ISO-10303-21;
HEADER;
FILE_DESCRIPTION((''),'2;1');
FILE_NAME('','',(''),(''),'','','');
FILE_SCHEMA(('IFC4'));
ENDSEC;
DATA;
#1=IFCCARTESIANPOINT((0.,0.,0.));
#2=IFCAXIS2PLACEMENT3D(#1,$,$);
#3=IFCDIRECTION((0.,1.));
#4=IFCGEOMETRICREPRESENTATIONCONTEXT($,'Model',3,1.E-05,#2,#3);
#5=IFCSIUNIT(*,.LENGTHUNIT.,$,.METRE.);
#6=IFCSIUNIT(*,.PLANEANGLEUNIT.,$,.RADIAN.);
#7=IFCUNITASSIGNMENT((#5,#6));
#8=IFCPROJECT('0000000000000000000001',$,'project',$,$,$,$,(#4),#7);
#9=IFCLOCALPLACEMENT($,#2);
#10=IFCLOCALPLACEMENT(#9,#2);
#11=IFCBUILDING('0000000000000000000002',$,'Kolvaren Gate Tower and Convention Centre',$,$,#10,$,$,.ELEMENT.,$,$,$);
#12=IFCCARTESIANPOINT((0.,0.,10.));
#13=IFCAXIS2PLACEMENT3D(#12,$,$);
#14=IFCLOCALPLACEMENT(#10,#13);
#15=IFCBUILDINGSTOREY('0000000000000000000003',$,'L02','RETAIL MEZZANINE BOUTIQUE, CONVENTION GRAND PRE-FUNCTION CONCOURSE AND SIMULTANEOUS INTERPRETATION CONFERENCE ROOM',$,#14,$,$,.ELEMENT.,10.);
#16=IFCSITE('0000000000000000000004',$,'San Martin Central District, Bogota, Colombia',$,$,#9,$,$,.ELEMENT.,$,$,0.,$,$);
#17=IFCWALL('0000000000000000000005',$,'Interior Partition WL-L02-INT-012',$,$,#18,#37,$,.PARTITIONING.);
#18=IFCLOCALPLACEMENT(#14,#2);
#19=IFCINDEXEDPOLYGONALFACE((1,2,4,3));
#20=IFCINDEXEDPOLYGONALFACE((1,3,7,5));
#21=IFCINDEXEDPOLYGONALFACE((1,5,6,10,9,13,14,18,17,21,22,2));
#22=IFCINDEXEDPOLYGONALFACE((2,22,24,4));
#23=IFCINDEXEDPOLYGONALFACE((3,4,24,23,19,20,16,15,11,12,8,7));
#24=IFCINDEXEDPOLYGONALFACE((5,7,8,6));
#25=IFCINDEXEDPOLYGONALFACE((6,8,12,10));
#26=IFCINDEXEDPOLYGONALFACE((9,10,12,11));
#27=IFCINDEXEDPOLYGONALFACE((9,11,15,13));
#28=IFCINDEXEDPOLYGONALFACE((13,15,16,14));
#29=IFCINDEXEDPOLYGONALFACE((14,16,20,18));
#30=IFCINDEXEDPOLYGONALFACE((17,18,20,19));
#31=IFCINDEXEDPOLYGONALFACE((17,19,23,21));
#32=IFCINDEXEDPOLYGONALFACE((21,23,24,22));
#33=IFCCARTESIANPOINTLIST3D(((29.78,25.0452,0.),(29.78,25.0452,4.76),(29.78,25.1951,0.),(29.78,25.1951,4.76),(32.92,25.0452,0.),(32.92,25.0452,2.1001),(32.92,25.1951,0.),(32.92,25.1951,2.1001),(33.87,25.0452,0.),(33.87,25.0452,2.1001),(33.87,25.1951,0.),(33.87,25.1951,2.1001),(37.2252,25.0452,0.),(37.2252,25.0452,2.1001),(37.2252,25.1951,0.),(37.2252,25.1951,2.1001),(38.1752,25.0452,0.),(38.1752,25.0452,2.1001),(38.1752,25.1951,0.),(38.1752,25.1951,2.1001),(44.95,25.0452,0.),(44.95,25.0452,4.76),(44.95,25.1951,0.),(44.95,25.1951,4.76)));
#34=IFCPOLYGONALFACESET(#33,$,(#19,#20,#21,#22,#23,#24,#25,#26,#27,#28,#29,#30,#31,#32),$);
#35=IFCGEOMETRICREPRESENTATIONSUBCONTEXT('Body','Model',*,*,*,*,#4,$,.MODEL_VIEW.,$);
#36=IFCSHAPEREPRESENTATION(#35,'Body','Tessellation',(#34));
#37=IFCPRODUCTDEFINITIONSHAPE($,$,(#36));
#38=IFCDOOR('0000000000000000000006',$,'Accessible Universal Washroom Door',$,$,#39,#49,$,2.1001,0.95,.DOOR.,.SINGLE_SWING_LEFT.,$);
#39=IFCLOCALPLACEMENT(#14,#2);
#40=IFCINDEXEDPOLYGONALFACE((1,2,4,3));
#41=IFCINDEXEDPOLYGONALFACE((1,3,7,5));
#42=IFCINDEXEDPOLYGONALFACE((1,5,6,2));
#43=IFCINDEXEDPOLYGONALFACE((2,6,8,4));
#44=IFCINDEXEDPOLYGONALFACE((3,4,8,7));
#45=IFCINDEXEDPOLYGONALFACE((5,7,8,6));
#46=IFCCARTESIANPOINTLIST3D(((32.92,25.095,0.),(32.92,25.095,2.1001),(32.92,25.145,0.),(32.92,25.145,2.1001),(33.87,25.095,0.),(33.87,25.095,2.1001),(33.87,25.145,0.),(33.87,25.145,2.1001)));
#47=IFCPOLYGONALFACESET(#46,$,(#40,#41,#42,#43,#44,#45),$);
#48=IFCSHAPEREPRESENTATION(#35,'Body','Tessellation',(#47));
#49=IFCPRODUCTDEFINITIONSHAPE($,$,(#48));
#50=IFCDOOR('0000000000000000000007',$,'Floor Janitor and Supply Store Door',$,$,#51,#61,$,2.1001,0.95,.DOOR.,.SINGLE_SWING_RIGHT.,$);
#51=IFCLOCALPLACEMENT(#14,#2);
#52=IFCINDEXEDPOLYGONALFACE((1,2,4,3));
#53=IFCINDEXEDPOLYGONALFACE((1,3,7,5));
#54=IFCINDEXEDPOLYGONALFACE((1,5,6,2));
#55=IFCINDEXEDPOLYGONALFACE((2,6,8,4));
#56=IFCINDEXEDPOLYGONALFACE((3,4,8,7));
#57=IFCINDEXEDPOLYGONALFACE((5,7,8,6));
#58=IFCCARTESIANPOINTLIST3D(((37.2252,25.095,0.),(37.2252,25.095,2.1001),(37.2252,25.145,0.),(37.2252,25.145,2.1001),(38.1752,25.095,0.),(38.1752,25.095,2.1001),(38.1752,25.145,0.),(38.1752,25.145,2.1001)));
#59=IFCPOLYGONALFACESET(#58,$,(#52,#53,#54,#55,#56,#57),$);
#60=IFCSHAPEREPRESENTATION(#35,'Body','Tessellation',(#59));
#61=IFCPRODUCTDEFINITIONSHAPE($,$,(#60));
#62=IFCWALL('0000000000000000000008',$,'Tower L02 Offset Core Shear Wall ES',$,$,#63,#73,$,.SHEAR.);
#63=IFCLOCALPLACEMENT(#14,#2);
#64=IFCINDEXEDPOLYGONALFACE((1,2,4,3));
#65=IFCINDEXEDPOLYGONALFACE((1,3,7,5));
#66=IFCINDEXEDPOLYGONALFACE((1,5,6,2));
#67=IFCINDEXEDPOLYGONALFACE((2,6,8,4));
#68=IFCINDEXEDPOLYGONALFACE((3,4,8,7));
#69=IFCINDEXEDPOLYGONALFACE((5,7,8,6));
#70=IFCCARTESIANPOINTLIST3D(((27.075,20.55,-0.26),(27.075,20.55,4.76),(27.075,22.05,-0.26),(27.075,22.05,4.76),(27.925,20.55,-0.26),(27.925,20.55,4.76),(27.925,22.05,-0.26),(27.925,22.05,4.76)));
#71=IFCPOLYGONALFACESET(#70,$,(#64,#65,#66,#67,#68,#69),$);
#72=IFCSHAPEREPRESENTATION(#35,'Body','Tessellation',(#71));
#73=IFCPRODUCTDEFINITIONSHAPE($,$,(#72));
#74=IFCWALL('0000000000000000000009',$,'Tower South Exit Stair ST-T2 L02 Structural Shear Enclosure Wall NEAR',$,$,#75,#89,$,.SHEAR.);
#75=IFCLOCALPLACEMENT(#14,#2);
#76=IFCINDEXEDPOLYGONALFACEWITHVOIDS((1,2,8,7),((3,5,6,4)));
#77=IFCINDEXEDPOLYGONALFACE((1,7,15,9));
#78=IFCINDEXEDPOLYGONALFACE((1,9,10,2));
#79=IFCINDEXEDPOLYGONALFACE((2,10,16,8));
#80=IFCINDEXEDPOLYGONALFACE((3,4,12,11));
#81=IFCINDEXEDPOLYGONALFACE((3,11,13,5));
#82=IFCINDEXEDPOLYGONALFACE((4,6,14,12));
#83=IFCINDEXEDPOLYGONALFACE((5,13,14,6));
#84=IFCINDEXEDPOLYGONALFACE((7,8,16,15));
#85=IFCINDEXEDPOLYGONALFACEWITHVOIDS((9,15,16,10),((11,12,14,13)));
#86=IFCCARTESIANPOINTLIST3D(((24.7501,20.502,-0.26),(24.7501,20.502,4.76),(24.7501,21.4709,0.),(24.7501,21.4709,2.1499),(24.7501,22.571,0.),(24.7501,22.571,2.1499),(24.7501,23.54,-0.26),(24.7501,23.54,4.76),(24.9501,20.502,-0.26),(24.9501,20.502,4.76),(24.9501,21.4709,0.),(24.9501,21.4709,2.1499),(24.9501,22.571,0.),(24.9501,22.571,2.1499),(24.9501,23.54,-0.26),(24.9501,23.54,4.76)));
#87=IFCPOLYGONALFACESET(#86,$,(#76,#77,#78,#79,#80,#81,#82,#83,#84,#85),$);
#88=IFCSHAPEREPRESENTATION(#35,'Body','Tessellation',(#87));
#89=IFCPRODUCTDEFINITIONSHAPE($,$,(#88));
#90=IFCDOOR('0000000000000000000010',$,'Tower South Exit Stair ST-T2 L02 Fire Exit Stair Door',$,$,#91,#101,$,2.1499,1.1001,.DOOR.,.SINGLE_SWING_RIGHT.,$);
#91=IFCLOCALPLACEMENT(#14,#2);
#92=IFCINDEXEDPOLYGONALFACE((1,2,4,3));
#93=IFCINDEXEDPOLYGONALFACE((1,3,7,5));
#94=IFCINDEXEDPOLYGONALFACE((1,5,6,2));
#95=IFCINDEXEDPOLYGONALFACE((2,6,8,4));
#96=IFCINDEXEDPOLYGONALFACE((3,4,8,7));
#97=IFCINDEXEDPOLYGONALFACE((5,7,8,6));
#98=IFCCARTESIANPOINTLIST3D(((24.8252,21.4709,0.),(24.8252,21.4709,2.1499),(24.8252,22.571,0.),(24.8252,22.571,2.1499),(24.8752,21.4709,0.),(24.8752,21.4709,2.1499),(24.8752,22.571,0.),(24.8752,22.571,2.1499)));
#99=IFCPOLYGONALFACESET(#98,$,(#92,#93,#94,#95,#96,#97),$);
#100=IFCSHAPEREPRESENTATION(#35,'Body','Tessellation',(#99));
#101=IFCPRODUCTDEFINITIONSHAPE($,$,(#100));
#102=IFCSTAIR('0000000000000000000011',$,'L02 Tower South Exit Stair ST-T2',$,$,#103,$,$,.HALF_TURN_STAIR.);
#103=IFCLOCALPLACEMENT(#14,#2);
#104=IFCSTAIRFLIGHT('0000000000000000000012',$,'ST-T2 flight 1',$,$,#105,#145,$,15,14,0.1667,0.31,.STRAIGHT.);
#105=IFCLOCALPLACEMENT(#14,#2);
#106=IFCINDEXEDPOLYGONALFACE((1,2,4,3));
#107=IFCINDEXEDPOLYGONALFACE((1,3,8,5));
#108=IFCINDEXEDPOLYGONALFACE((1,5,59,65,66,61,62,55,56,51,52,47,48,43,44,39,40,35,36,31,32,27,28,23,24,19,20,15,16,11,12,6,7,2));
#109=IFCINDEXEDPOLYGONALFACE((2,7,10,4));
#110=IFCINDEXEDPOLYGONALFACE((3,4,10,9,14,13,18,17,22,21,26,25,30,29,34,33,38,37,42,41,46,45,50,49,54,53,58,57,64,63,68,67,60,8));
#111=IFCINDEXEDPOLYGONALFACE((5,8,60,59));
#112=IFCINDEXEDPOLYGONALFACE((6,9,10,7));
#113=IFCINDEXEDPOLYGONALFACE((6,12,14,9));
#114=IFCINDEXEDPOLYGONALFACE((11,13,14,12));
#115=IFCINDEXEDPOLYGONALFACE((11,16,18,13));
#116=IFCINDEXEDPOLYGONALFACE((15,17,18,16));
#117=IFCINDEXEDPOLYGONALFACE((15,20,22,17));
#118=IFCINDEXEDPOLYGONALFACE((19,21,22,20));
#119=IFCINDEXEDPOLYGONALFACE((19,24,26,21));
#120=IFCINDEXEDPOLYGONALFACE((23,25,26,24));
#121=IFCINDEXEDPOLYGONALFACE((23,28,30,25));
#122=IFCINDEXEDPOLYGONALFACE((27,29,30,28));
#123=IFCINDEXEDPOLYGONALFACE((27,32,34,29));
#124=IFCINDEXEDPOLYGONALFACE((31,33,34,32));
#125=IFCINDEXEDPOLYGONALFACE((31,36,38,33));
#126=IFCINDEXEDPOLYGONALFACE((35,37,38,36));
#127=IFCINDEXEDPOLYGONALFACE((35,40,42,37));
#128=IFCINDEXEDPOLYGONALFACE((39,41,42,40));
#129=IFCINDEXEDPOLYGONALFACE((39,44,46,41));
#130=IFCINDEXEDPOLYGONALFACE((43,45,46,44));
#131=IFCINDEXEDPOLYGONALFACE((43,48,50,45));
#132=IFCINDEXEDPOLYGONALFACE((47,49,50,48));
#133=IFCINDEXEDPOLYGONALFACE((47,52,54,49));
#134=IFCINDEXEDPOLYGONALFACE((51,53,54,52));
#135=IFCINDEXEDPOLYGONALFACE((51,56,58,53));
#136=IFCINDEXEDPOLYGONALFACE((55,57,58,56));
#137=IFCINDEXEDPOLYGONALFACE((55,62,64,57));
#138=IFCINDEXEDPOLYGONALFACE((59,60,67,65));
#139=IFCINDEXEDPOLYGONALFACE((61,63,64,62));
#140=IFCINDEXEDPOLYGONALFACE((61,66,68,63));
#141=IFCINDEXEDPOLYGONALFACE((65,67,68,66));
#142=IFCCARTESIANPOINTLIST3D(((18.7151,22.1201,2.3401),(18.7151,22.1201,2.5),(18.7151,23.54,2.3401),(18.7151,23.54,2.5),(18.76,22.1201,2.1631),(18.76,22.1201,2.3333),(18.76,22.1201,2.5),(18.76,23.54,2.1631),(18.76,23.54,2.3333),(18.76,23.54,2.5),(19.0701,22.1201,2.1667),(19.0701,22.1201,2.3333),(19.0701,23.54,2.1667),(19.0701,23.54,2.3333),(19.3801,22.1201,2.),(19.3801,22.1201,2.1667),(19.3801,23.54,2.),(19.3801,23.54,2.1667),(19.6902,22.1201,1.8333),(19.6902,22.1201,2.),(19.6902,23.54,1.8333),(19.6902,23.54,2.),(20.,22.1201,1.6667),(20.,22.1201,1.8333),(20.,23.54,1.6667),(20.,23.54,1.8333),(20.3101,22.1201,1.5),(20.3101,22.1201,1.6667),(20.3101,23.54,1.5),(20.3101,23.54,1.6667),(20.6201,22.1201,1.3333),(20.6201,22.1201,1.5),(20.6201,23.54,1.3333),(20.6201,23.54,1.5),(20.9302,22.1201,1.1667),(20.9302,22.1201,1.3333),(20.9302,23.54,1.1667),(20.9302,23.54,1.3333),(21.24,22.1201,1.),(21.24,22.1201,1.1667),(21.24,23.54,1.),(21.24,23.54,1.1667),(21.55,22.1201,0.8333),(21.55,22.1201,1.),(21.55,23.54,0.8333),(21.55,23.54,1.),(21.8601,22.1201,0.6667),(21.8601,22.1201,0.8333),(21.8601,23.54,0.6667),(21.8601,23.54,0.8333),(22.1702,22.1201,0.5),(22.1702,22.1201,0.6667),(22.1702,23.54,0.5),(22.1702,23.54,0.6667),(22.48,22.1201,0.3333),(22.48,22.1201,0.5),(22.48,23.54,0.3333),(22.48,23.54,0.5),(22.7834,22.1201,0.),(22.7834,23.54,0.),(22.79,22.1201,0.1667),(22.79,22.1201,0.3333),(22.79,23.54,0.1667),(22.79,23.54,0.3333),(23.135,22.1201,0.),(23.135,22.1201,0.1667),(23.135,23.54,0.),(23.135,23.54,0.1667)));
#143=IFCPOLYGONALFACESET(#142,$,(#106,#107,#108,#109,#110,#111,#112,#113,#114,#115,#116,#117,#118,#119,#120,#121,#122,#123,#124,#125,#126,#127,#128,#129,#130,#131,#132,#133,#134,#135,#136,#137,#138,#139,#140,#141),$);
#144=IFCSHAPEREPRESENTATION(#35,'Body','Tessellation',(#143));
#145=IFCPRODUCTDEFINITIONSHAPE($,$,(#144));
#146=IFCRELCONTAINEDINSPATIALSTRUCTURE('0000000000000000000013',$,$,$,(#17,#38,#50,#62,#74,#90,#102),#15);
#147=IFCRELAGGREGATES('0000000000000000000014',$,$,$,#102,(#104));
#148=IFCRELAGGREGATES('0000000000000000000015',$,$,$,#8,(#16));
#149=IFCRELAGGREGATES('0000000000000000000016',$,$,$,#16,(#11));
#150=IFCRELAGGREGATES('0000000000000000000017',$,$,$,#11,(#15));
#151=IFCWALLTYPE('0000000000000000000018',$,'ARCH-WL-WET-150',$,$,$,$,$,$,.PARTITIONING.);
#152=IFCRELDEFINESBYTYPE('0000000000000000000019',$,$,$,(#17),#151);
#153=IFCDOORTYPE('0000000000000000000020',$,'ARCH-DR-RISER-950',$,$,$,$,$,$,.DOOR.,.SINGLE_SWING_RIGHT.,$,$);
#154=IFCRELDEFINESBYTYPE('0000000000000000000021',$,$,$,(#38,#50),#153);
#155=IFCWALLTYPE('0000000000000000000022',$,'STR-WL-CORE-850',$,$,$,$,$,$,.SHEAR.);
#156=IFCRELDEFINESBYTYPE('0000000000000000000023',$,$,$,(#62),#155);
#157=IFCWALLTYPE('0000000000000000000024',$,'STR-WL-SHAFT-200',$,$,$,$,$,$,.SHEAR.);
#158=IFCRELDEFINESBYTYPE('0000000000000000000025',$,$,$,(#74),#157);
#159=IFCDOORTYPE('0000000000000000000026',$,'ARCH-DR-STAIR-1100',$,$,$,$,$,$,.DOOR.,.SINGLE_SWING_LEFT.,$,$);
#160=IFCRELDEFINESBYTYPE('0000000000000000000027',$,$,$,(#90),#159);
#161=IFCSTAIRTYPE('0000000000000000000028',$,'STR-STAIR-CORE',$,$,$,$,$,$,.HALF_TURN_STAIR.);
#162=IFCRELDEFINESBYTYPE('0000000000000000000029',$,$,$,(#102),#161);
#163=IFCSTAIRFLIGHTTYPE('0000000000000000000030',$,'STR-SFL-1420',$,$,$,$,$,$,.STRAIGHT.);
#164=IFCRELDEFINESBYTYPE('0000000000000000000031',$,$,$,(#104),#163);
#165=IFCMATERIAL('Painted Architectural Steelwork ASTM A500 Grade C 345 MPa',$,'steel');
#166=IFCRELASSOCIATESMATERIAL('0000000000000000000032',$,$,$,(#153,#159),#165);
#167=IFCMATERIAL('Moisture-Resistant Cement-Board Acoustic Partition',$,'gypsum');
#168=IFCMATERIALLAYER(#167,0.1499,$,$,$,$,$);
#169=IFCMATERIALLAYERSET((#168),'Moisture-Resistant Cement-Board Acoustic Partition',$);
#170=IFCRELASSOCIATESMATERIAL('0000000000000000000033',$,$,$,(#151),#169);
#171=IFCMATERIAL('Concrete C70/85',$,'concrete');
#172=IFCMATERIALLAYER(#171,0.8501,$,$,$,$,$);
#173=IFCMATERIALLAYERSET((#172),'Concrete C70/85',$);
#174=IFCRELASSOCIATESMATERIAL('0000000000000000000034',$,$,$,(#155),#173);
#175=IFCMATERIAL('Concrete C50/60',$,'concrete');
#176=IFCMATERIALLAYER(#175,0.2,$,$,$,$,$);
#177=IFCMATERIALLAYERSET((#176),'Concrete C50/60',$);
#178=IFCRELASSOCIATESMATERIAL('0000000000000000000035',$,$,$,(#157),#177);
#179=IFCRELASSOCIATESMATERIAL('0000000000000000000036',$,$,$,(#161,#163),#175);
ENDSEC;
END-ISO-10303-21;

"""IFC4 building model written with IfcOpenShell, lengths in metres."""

from ifc_helpers import new_model, si_unit, direction, frame, frame_2d, origin, place, context, subcontext, project, spatial, polyline, rectangle, outline, extrude, material, layer, layer_set, type_object, element, fill, aggregate, save


model = new_model("IFC4")

# Units and contexts
model_context = context("Model", 3, precision=1e-05, world=origin(), true_north=direction((0.0, 1.0)))
body_context = subcontext(model_context, "Body", "Model", "MODEL_VIEW")
ifc_project = project(units=[si_unit("LENGTHUNIT", "METRE"), si_unit("PLANEANGLEUNIT", "RADIAN")], contexts=[model_context])

# Site, building, storey
site_placement = place(None, origin())
site = spatial("IfcSite", under=ifc_project, at=site_placement, Name="San Martin Central District, Bogota, Colombia", CompositionType="ELEMENT", RefElevation=0.0)
building_placement = place(site_placement, origin())
building = spatial("IfcBuilding", under=site, at=building_placement, Name="Kolvaren Gate Tower and Convention Centre", CompositionType="ELEMENT")
storey_placement = place(building_placement, frame((0.0, 0.0, 10.0)))
storey = spatial("IfcBuildingStorey", under=building, at=storey_placement, Name="L02", Description="RETAIL MEZZANINE BOUTIQUE, CONVENTION GRAND PRE-FUNCTION CONCOURSE AND SIMULTANEOUS INTERPRETATION CONFERENCE ROOM", CompositionType="ELEMENT", Elevation=10.0)

# Shared definitions
ifc_material_1 = material(Name="Painted Architectural Steelwork ASTM A500 Grade C 345 MPa", Category="steel")
door_type_1 = type_object("IfcDoorType", Name="ARCH-DR-RISER-950", OperationType="SINGLE_SWING_RIGHT", PredefinedType="DOOR", material=ifc_material_1)

# Shared definitions
ifc_material_2 = material(Name="Moisture-Resistant Cement-Board Acoustic Partition", Category="gypsum")
ifc_layer_1 = layer(ifc_material_2, 0.1499)
ifc_layer_set_1 = layer_set([ifc_layer_1], Name="Moisture-Resistant Cement-Board Acoustic Partition")
wall_type_1 = type_object("IfcWallType", Name="ARCH-WL-WET-150", PredefinedType="PARTITIONING", material=ifc_layer_set_1)

# Wall, openings, doors
wall_1_placement = place(storey_placement, frame((29.78, 25.1201, 0.0), z_axis=(0.0, 0.0, 1.0), x_axis=(1.0, 0.0, 0.0)))
wall_1 = element("IfcWall", 1, at=wall_1_placement, inside=storey, type_object=wall_type_1, Name="Interior Partition WL-L02-INT-012", PredefinedType="PARTITIONING", context=body_context, shape_type="SweptSolid", body=[
    extrude(rectangle(XDim=15.1699, YDim=0.1499, at=frame_2d((7.585, 0.0))), origin(), (0.0, 0.0, 1.0), 4.76),
])
opening_1_placement = place(wall_1_placement, frame((3.1399, 0.0, 0.0)))
opening_1 = element("IfcOpeningElement", 2, at=opening_1_placement, cuts=wall_1, PredefinedType="OPENING", context=body_context, shape_type="SweptSolid", body=[
    extrude(rectangle(XDim=0.95, YDim=2.1001, at=frame_2d((0.4751, 1.05))), frame((0.0, 0.085, 0.0), z_axis=(0.0, -1.0, 0.0), x_axis=(1.0, 0.0, 0.0)), (0.0, 0.0, 1.0), 0.1699),
])
opening_2_placement = place(wall_1_placement, frame((7.4451, 0.0, 0.0)))
opening_2 = element("IfcOpeningElement", 3, at=opening_2_placement, cuts=wall_1, PredefinedType="OPENING", context=body_context, shape_type="SweptSolid", body=[
    extrude(rectangle(XDim=0.95, YDim=2.1001, at=frame_2d((0.4751, 1.05))), frame((0.0, 0.085, 0.0), z_axis=(0.0, -1.0, 0.0), x_axis=(1.0, 0.0, 0.0)), (0.0, 0.0, 1.0), 0.1699),
])
door_1_placement = place(opening_1_placement, origin())
door_1 = element("IfcDoor", 4, at=door_1_placement, inside=storey, type_object=door_type_1, Name="Accessible Universal Washroom Door", OperationType="SINGLE_SWING_LEFT", OverallHeight=2.1001, OverallWidth=0.95, PredefinedType="DOOR", context=body_context, shape_type="SweptSolid", body=[
    extrude(rectangle(XDim=0.95, YDim=2.1001, at=frame_2d((0.4751, 1.05))), frame((0.0, 0.0249, 0.0), z_axis=(0.0, -1.0, 0.0), x_axis=(1.0, 0.0, 0.0)), (0.0, 0.0, 1.0), 0.05),
])
fill(opening_1, door_1)
door_2_placement = place(opening_2_placement, origin())
door_2 = element("IfcDoor", 5, at=door_2_placement, inside=storey, type_object=door_type_1, Name="Floor Janitor and Supply Store Door", OperationType="SINGLE_SWING_RIGHT", OverallHeight=2.1001, OverallWidth=0.95, PredefinedType="DOOR", context=body_context, shape_type="SweptSolid", body=[
    extrude(rectangle(XDim=0.95, YDim=2.1001, at=frame_2d((0.4751, 1.05))), frame((0.0, 0.0249, 0.0), z_axis=(0.0, -1.0, 0.0), x_axis=(1.0, 0.0, 0.0)), (0.0, 0.0, 1.0), 0.05),
])
fill(opening_2, door_2)

# Wall
ifc_material_3 = material(Name="Concrete C70/85", Category="concrete")
ifc_layer_2 = layer(ifc_material_3, 0.8501)
ifc_layer_set_2 = layer_set([ifc_layer_2], Name="Concrete C70/85")
wall_type_2 = type_object("IfcWallType", Name="STR-WL-CORE-850", PredefinedType="SHEAR", material=ifc_layer_set_2)
wall_2_placement = place(storey_placement, frame((27.5, 20.55, -0.26), z_axis=(0.0, 0.0, 1.0), x_axis=(0.0, 1.0, 0.0)))
element("IfcWall", 6, at=wall_2_placement, inside=storey, type_object=wall_type_2, Name="Tower L02 Offset Core Shear Wall ES", PredefinedType="SHEAR", context=body_context, shape_type="SweptSolid", body=[
    extrude(rectangle(XDim=1.5, YDim=0.8501, at=frame_2d((0.75, 0.0))), origin(), (0.0, 0.0, 1.0), 5.02),
])

# Wall, opening, door
ifc_material_4 = material(Name="Concrete C50/60", Category="concrete")
ifc_layer_3 = layer(ifc_material_4, 0.2)
ifc_layer_set_3 = layer_set([ifc_layer_3], Name="Concrete C50/60")
wall_type_3 = type_object("IfcWallType", Name="STR-WL-SHAFT-200", PredefinedType="SHEAR", material=ifc_layer_set_3)
wall_3_placement = place(storey_placement, frame((24.8501, 20.502, -0.26), z_axis=(0.0, 0.0, 1.0), x_axis=(0.0, 1.0, 0.0)))
wall_3 = element("IfcWall", 7, at=wall_3_placement, inside=storey, type_object=wall_type_3, Name="Tower South Exit Stair ST-T2 L02 Structural Shear Enclosure Wall NEAR", PredefinedType="SHEAR", context=body_context, shape_type="SweptSolid", body=[
    extrude(rectangle(XDim=3.0381, YDim=0.2, at=frame_2d((1.519, 0.0))), origin(), (0.0, 0.0, 1.0), 5.02),
])
opening_3_placement = place(wall_3_placement, frame((0.969, 0.0, 0.26)))
opening_3 = element("IfcOpeningElement", 8, at=opening_3_placement, cuts=wall_3, PredefinedType="OPENING", context=body_context, shape_type="SweptSolid", body=[
    extrude(rectangle(XDim=1.1001, YDim=2.1499, at=frame_2d((0.55, 1.075))), frame((0.0, 0.1099, 0.0), z_axis=(0.0, -1.0, 0.0), x_axis=(1.0, 0.0, 0.0)), (0.0, 0.0, 1.0), 0.22),
])
door_type_2 = type_object("IfcDoorType", Name="ARCH-DR-STAIR-1100", OperationType="SINGLE_SWING_LEFT", PredefinedType="DOOR", material=ifc_material_1)
door_3_placement = place(opening_3_placement, origin())
door_3 = element("IfcDoor", 9, at=door_3_placement, inside=storey, type_object=door_type_2, Name="Tower South Exit Stair ST-T2 L02 Fire Exit Stair Door", OperationType="SINGLE_SWING_RIGHT", OverallHeight=2.1499, OverallWidth=1.1001, PredefinedType="DOOR", context=body_context, shape_type="SweptSolid", body=[
    extrude(rectangle(XDim=1.1001, YDim=2.1499, at=frame_2d((0.55, 1.075))), frame((0.0, 0.0249, 0.0), z_axis=(0.0, -1.0, 0.0), x_axis=(1.0, 0.0, 0.0)), (0.0, 0.0, 1.0), 0.05),
])
fill(opening_3, door_3)

# Stair, stair flight
stair_type = type_object("IfcStairType", Name="STR-STAIR-CORE", PredefinedType="HALF_TURN_STAIR", material=ifc_material_4)
stair_placement = place(storey_placement, origin())
stair = element("IfcStair", 10, at=stair_placement, inside=storey, type_object=stair_type, Name="L02 Tower South Exit Stair ST-T2", PredefinedType="HALF_TURN_STAIR")
stair_flight_type = type_object("IfcStairFlightType", Name="STR-SFL-1420", PredefinedType="STRAIGHT", material=ifc_material_4)
stair_flight_placement = place(storey_placement, frame((23.1001, 22.8301, 0.0), z_axis=(0.0, 0.0, 1.0), x_axis=(-1.0, 0.0, 0.0)))
stair_flight = element("IfcStairFlight", 11, at=stair_flight_placement, type_object=stair_flight_type, Name="ST-T2 flight 1", NumberOfRisers=15, NumberOfTreads=14, PredefinedType="STRAIGHT", RiserHeight=0.1667, TreadLength=0.31, context=body_context, shape_type="SweptSolid", body=[
    extrude(outline(polyline([(-0.0349, 0.0), (-0.0349, 0.1667), (0.3101, 0.1667), (0.3101, 0.3333), (0.6201, 0.3333), (0.6201, 0.5), (0.9299, 0.5), (0.9299, 0.6667), (1.24, 0.6667), (1.24, 0.8333), (1.55, 0.8333), (1.55, 1.0), (1.8601, 1.0), (1.8601, 1.1667), (2.1699, 1.1667), (2.1699, 1.3333), (2.48, 1.3333), (2.48, 1.5), (2.79, 1.5), (2.79, 1.6667), (3.1001, 1.6667), (3.1001, 1.8333), (3.4099, 1.8333), (3.4099, 2.0), (3.72, 2.0), (3.72, 2.1667), (4.03, 2.1667), (4.03, 2.3333), (4.3401, 2.3333), (4.3401, 2.5), (4.385, 2.5), (4.385, 2.3401), (4.3401, 2.1631), (0.3167, 0.0), (-0.0349, 0.0)])), frame((0.0, 0.71, 0.0), z_axis=(0.0, -1.0, 0.0), x_axis=(1.0, 0.0, 0.0)), (0.0, 0.0, 1.0), 1.4199),
])
aggregate(stair, [stair_flight])

save(model, "model.ifc")
